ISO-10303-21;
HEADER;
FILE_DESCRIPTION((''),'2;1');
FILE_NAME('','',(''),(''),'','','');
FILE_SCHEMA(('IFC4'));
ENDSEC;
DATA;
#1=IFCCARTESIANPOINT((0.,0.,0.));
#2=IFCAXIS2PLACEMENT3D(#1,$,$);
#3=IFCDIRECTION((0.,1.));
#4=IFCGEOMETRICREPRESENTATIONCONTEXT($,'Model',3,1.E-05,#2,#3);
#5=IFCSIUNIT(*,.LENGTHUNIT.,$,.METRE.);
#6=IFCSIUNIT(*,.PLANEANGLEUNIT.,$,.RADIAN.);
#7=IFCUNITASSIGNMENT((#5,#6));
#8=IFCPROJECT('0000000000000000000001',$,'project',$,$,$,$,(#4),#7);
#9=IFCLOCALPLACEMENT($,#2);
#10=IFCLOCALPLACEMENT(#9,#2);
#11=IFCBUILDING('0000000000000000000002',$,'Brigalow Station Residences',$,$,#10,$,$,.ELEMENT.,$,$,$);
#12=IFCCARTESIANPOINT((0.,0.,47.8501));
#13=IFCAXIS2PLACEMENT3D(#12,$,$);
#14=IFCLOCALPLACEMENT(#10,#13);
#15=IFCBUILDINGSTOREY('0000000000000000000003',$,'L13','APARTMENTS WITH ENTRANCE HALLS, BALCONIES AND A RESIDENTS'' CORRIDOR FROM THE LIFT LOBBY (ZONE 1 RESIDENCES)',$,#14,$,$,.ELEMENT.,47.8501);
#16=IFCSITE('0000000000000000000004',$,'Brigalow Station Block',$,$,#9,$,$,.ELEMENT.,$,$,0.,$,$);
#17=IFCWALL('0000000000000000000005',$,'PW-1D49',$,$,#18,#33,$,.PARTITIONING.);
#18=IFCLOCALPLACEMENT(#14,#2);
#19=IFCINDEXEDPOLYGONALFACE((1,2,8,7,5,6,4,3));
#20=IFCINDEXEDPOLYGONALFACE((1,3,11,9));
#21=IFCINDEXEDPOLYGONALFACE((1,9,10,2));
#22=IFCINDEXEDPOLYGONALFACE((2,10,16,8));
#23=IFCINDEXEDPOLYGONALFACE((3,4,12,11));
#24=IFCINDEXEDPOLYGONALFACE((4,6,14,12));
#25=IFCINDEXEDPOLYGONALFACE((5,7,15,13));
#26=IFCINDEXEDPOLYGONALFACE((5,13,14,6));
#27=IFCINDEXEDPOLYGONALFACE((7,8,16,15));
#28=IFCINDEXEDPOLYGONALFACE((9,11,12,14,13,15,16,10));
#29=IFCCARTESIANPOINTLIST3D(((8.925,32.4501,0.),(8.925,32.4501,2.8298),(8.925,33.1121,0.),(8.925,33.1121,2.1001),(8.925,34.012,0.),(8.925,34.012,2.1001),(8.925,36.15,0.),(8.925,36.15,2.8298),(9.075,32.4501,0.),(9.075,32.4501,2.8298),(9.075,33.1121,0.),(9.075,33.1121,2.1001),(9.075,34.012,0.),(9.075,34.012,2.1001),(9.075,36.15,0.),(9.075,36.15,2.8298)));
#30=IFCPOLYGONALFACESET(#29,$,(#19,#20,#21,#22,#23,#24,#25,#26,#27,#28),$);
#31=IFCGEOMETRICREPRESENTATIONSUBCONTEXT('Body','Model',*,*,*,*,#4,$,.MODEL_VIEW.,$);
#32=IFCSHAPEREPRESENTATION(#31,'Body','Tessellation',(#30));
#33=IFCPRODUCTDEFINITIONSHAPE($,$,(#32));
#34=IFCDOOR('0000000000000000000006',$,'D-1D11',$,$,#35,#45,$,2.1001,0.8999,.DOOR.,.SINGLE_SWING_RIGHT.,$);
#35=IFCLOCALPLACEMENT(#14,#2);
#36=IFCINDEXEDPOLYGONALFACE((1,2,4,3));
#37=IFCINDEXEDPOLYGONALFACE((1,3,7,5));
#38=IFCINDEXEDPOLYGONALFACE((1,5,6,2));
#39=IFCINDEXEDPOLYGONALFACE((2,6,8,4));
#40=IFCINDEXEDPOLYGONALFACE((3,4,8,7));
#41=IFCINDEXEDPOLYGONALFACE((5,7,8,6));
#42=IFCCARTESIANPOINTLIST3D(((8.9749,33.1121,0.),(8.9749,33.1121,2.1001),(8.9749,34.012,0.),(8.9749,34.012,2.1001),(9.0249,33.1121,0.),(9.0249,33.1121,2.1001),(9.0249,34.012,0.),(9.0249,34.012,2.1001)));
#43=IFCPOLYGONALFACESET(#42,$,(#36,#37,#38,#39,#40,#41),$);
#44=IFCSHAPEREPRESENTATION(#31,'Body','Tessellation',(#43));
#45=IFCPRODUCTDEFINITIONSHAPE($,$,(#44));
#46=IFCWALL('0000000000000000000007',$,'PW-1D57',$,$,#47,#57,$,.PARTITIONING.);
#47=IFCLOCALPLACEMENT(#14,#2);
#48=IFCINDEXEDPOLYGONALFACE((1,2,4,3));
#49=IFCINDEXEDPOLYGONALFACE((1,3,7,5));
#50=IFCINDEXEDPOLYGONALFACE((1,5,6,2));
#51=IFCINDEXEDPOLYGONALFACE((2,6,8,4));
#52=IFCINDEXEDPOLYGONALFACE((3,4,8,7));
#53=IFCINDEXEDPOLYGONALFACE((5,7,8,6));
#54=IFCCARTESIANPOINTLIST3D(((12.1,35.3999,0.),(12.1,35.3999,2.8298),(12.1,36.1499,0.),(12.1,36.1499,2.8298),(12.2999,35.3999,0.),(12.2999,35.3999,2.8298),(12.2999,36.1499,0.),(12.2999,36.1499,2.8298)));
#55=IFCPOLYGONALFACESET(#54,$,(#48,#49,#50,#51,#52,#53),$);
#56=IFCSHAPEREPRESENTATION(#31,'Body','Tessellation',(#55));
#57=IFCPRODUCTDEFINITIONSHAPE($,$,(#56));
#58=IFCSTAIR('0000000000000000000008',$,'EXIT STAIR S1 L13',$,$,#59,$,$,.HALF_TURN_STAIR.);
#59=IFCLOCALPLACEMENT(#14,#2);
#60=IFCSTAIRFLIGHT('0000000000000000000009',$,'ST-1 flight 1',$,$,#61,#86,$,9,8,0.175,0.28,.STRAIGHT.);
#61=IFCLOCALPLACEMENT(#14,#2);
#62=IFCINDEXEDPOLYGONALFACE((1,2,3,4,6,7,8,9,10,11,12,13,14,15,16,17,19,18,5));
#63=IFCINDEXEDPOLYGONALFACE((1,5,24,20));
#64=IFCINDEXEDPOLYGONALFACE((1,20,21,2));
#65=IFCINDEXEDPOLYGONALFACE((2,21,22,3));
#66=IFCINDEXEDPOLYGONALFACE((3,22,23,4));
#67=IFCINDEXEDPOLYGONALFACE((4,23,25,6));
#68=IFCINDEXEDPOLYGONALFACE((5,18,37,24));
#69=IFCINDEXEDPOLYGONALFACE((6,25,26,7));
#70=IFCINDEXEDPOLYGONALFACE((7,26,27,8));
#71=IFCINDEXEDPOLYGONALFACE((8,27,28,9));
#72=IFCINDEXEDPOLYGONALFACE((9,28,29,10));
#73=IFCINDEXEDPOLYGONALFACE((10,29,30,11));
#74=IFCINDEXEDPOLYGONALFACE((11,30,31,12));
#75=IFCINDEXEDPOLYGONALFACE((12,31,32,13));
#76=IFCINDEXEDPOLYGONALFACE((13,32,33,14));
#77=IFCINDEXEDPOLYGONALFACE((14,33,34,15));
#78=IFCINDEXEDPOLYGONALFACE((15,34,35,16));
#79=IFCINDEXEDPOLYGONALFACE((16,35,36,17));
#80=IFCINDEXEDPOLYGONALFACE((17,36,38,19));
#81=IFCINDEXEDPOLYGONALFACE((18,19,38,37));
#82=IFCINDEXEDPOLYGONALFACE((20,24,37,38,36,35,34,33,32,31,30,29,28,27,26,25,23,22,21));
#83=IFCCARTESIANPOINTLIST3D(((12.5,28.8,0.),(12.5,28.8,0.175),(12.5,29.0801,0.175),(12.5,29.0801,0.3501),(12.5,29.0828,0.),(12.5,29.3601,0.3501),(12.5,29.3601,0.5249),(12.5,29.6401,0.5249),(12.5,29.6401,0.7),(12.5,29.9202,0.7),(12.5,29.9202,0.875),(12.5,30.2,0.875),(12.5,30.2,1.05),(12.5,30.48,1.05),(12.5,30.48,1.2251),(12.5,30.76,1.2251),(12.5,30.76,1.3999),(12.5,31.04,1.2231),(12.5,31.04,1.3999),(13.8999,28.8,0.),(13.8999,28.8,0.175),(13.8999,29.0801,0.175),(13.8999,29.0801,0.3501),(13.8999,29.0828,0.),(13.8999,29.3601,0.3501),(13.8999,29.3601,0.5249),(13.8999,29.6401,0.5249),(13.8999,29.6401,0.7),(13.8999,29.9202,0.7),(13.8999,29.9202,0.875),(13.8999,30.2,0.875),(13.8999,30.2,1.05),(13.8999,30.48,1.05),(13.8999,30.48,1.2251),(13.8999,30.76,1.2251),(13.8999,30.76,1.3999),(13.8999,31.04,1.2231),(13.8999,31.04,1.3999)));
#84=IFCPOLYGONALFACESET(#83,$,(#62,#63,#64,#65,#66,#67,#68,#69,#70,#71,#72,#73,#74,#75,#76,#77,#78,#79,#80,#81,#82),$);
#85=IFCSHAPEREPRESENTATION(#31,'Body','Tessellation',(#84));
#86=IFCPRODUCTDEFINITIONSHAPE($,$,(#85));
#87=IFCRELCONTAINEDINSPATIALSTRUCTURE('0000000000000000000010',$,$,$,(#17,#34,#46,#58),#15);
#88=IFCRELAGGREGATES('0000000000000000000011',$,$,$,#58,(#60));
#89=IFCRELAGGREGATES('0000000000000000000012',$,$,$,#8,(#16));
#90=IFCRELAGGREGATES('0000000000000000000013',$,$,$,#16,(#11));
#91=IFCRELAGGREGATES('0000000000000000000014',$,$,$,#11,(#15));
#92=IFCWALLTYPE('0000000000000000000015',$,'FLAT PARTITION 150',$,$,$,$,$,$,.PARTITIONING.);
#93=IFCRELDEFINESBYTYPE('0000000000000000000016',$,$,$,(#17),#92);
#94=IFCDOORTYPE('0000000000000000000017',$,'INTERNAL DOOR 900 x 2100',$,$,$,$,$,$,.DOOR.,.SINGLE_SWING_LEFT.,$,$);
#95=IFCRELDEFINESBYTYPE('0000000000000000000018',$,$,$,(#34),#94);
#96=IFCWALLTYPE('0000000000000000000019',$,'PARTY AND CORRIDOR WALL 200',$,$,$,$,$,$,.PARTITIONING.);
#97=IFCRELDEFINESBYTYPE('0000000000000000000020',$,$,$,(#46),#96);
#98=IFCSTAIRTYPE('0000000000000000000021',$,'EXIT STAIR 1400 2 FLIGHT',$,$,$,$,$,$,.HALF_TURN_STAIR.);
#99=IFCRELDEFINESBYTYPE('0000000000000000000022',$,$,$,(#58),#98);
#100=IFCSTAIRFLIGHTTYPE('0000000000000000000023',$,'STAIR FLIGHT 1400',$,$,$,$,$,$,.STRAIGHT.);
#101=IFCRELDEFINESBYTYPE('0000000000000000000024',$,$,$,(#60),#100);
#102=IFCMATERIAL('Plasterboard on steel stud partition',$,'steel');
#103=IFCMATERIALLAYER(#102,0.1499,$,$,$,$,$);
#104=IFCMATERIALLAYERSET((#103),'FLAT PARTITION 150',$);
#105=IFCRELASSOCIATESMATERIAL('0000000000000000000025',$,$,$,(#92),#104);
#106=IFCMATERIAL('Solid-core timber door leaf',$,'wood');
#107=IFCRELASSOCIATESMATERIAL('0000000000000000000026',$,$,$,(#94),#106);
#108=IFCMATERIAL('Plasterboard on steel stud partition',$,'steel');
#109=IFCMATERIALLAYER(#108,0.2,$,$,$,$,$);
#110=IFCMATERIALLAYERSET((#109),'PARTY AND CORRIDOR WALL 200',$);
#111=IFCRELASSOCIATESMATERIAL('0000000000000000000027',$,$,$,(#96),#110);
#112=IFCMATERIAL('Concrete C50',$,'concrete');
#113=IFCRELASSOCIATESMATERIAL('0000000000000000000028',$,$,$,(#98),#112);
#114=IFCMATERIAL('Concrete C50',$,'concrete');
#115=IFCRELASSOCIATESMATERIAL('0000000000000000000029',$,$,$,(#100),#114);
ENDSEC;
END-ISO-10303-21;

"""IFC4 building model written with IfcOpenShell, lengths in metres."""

from ifc_helpers import new_model, si_unit, direction, frame, frame_2d, origin, place, context, subcontext, project, spatial, polyline, rectangle, outline, extrude, material, layer, layer_set, type_object, element, fill, aggregate, save


model = new_model("IFC4")

# Units and contexts
model_context = context("Model", 3, precision=1e-05, world=origin(), true_north=direction((0.0, 1.0)))
body_context = subcontext(model_context, "Body", "Model", "MODEL_VIEW")
ifc_project = project(units=[si_unit("LENGTHUNIT", "METRE"), si_unit("PLANEANGLEUNIT", "RADIAN")], contexts=[model_context])

# Site, building, storey
site_placement = place(None, origin())
site = spatial("IfcSite", under=ifc_project, at=site_placement, Name="Brigalow Station Block", CompositionType="ELEMENT", RefElevation=0.0)
building_placement = place(site_placement, origin())
building = spatial("IfcBuilding", under=site, at=building_placement, Name="Brigalow Station Residences", CompositionType="ELEMENT")
storey_placement = place(building_placement, frame((0.0, 0.0, 47.8501)))
storey = spatial("IfcBuildingStorey", under=building, at=storey_placement, Name="L13", Description="APARTMENTS WITH ENTRANCE HALLS, BALCONIES AND A RESIDENTS' CORRIDOR FROM THE LIFT LOBBY (ZONE 1 RESIDENCES)", CompositionType="ELEMENT", Elevation=47.8501)

# Wall, opening, door
ifc_material_1 = material(Name="Plasterboard on steel stud partition", Category="steel")
ifc_layer_1 = layer(ifc_material_1, 0.1499)
ifc_layer_set_1 = layer_set([ifc_layer_1], Name="FLAT PARTITION 150")
wall_type_1 = type_object("IfcWallType", Name="FLAT PARTITION 150", PredefinedType="PARTITIONING", material=ifc_layer_set_1)
wall_1_placement = place(storey_placement, frame((9.0, 32.45, 0.0), z_axis=(0.0, 0.0, 1.0), x_axis=(0.0, 1.0, 0.0)))
wall_1 = element("IfcWall", 1, at=wall_1_placement, inside=storey, type_object=wall_type_1, Name="PW-1D49", PredefinedType="PARTITIONING", context=body_context, shape_type="SweptSolid", body=[
    extrude(rectangle(XDim=3.7, YDim=0.1499, at=frame_2d((1.8501, 0.0))), origin(), (0.0, 0.0, 1.0), 2.8298),
])
opening_1_placement = place(wall_1_placement, frame((0.6621, 0.0, 0.0)))
opening_1 = element("IfcOpeningElement", 2, at=opening_1_placement, cuts=wall_1, PredefinedType="OPENING", context=body_context, shape_type="SweptSolid", body=[
    extrude(rectangle(XDim=0.8999, YDim=2.1001, at=frame_2d((0.45, 1.05))), frame((0.0, 0.085, 0.0), z_axis=(0.0, -1.0, 0.0), x_axis=(1.0, 0.0, 0.0)), (0.0, 0.0, 1.0), 0.1699),
])
ifc_material_2 = material(Name="Solid-core timber door leaf", Category="wood")
door_type_1 = type_object("IfcDoorType", Name="INTERNAL DOOR 900 x 2100", OperationType="SINGLE_SWING_LEFT", PredefinedType="DOOR", material=ifc_material_2)
door_1_placement = place(opening_1_placement, frame((0.8999, 0.0, 0.0), z_axis=(0.0, 0.0, 1.0), x_axis=(-1.0, 0.0, 0.0)))
door_1 = element("IfcDoor", 3, at=door_1_placement, inside=storey, type_object=door_type_1, Name="D-1D11", OperationType="SINGLE_SWING_RIGHT", OverallHeight=2.1001, OverallWidth=0.8999, PredefinedType="DOOR", context=body_context, shape_type="SweptSolid", body=[
    extrude(rectangle(XDim=0.8999, YDim=2.1001, at=frame_2d((0.45, 1.05))), frame((0.0, 0.0249, 0.0), z_axis=(0.0, -1.0, 0.0), x_axis=(1.0, 0.0, 0.0)), (0.0, 0.0, 1.0), 0.05),
])
fill(opening_1, door_1)

# Wall
ifc_material_3 = material(Name="Plasterboard on steel stud partition", Category="steel")
ifc_layer_2 = layer(ifc_material_3, 0.2)
ifc_layer_set_2 = layer_set([ifc_layer_2], Name="PARTY AND CORRIDOR WALL 200")
wall_type_2 = type_object("IfcWallType", Name="PARTY AND CORRIDOR WALL 200", PredefinedType="PARTITIONING", material=ifc_layer_set_2)
wall_2_placement = place(storey_placement, frame((12.2, 35.3999, 0.0), z_axis=(0.0, 0.0, 1.0), x_axis=(0.0, 1.0, 0.0)))
element("IfcWall", 4, at=wall_2_placement, inside=storey, type_object=wall_type_2, Name="PW-1D57", PredefinedType="PARTITIONING", context=body_context, shape_type="SweptSolid", body=[
    extrude(rectangle(XDim=0.75, YDim=0.2, at=frame_2d((0.375, 0.0))), origin(), (0.0, 0.0, 1.0), 2.8298),
])

# Stair, stair flight
ifc_material_4 = material(Name="Concrete C50", Category="concrete")
stair_type = type_object("IfcStairType", Name="EXIT STAIR 1400 2 FLIGHT", PredefinedType="HALF_TURN_STAIR", material=ifc_material_4)
stair_placement = place(storey_placement, origin())
stair = element("IfcStair", 5, at=stair_placement, inside=storey, type_object=stair_type, Name="EXIT STAIR S1 L13", PredefinedType="HALF_TURN_STAIR")
ifc_material_5 = material(Name="Concrete C50", Category="concrete")
stair_flight_type = type_object("IfcStairFlightType", Name="STAIR FLIGHT 1400", PredefinedType="STRAIGHT", material=ifc_material_5)
stair_flight_placement = place(storey_placement, frame((13.2, 28.8, 0.0), z_axis=(0.0, 0.0, 1.0), x_axis=(0.0, 1.0, 0.0)))
stair_flight = element("IfcStairFlight", 6, at=stair_flight_placement, type_object=stair_flight_type, Name="ST-1 flight 1", NumberOfRisers=9, NumberOfTreads=8, PredefinedType="STRAIGHT", RiserHeight=0.175, TreadLength=0.28, context=body_context, shape_type="SweptSolid", body=[
    extrude(outline(polyline([(0.0, 0.0), (0.0, 0.175), (0.28, 0.175), (0.28, 0.3501), (0.5601, 0.3501), (0.5601, 0.5249), (0.8401, 0.5249), (0.8401, 0.7), (1.1201, 0.7), (1.1201, 0.875), (1.3999, 0.875), (1.3999, 1.05), (1.6799, 1.05), (1.6799, 1.2251), (1.96, 1.2251), (1.96, 1.3999), (2.24, 1.3999), (2.24, 1.575), (2.24, 1.2231), (0.2827, 0.0), (0.0, 0.0)])), frame((0.0, 0.7, 0.0), z_axis=(0.0, -1.0, 0.0), x_axis=(1.0, 0.0, 0.0)), (0.0, 0.0, 1.0), 1.3999),
])
aggregate(stair, [stair_flight])

save(model, "model.ifc")
